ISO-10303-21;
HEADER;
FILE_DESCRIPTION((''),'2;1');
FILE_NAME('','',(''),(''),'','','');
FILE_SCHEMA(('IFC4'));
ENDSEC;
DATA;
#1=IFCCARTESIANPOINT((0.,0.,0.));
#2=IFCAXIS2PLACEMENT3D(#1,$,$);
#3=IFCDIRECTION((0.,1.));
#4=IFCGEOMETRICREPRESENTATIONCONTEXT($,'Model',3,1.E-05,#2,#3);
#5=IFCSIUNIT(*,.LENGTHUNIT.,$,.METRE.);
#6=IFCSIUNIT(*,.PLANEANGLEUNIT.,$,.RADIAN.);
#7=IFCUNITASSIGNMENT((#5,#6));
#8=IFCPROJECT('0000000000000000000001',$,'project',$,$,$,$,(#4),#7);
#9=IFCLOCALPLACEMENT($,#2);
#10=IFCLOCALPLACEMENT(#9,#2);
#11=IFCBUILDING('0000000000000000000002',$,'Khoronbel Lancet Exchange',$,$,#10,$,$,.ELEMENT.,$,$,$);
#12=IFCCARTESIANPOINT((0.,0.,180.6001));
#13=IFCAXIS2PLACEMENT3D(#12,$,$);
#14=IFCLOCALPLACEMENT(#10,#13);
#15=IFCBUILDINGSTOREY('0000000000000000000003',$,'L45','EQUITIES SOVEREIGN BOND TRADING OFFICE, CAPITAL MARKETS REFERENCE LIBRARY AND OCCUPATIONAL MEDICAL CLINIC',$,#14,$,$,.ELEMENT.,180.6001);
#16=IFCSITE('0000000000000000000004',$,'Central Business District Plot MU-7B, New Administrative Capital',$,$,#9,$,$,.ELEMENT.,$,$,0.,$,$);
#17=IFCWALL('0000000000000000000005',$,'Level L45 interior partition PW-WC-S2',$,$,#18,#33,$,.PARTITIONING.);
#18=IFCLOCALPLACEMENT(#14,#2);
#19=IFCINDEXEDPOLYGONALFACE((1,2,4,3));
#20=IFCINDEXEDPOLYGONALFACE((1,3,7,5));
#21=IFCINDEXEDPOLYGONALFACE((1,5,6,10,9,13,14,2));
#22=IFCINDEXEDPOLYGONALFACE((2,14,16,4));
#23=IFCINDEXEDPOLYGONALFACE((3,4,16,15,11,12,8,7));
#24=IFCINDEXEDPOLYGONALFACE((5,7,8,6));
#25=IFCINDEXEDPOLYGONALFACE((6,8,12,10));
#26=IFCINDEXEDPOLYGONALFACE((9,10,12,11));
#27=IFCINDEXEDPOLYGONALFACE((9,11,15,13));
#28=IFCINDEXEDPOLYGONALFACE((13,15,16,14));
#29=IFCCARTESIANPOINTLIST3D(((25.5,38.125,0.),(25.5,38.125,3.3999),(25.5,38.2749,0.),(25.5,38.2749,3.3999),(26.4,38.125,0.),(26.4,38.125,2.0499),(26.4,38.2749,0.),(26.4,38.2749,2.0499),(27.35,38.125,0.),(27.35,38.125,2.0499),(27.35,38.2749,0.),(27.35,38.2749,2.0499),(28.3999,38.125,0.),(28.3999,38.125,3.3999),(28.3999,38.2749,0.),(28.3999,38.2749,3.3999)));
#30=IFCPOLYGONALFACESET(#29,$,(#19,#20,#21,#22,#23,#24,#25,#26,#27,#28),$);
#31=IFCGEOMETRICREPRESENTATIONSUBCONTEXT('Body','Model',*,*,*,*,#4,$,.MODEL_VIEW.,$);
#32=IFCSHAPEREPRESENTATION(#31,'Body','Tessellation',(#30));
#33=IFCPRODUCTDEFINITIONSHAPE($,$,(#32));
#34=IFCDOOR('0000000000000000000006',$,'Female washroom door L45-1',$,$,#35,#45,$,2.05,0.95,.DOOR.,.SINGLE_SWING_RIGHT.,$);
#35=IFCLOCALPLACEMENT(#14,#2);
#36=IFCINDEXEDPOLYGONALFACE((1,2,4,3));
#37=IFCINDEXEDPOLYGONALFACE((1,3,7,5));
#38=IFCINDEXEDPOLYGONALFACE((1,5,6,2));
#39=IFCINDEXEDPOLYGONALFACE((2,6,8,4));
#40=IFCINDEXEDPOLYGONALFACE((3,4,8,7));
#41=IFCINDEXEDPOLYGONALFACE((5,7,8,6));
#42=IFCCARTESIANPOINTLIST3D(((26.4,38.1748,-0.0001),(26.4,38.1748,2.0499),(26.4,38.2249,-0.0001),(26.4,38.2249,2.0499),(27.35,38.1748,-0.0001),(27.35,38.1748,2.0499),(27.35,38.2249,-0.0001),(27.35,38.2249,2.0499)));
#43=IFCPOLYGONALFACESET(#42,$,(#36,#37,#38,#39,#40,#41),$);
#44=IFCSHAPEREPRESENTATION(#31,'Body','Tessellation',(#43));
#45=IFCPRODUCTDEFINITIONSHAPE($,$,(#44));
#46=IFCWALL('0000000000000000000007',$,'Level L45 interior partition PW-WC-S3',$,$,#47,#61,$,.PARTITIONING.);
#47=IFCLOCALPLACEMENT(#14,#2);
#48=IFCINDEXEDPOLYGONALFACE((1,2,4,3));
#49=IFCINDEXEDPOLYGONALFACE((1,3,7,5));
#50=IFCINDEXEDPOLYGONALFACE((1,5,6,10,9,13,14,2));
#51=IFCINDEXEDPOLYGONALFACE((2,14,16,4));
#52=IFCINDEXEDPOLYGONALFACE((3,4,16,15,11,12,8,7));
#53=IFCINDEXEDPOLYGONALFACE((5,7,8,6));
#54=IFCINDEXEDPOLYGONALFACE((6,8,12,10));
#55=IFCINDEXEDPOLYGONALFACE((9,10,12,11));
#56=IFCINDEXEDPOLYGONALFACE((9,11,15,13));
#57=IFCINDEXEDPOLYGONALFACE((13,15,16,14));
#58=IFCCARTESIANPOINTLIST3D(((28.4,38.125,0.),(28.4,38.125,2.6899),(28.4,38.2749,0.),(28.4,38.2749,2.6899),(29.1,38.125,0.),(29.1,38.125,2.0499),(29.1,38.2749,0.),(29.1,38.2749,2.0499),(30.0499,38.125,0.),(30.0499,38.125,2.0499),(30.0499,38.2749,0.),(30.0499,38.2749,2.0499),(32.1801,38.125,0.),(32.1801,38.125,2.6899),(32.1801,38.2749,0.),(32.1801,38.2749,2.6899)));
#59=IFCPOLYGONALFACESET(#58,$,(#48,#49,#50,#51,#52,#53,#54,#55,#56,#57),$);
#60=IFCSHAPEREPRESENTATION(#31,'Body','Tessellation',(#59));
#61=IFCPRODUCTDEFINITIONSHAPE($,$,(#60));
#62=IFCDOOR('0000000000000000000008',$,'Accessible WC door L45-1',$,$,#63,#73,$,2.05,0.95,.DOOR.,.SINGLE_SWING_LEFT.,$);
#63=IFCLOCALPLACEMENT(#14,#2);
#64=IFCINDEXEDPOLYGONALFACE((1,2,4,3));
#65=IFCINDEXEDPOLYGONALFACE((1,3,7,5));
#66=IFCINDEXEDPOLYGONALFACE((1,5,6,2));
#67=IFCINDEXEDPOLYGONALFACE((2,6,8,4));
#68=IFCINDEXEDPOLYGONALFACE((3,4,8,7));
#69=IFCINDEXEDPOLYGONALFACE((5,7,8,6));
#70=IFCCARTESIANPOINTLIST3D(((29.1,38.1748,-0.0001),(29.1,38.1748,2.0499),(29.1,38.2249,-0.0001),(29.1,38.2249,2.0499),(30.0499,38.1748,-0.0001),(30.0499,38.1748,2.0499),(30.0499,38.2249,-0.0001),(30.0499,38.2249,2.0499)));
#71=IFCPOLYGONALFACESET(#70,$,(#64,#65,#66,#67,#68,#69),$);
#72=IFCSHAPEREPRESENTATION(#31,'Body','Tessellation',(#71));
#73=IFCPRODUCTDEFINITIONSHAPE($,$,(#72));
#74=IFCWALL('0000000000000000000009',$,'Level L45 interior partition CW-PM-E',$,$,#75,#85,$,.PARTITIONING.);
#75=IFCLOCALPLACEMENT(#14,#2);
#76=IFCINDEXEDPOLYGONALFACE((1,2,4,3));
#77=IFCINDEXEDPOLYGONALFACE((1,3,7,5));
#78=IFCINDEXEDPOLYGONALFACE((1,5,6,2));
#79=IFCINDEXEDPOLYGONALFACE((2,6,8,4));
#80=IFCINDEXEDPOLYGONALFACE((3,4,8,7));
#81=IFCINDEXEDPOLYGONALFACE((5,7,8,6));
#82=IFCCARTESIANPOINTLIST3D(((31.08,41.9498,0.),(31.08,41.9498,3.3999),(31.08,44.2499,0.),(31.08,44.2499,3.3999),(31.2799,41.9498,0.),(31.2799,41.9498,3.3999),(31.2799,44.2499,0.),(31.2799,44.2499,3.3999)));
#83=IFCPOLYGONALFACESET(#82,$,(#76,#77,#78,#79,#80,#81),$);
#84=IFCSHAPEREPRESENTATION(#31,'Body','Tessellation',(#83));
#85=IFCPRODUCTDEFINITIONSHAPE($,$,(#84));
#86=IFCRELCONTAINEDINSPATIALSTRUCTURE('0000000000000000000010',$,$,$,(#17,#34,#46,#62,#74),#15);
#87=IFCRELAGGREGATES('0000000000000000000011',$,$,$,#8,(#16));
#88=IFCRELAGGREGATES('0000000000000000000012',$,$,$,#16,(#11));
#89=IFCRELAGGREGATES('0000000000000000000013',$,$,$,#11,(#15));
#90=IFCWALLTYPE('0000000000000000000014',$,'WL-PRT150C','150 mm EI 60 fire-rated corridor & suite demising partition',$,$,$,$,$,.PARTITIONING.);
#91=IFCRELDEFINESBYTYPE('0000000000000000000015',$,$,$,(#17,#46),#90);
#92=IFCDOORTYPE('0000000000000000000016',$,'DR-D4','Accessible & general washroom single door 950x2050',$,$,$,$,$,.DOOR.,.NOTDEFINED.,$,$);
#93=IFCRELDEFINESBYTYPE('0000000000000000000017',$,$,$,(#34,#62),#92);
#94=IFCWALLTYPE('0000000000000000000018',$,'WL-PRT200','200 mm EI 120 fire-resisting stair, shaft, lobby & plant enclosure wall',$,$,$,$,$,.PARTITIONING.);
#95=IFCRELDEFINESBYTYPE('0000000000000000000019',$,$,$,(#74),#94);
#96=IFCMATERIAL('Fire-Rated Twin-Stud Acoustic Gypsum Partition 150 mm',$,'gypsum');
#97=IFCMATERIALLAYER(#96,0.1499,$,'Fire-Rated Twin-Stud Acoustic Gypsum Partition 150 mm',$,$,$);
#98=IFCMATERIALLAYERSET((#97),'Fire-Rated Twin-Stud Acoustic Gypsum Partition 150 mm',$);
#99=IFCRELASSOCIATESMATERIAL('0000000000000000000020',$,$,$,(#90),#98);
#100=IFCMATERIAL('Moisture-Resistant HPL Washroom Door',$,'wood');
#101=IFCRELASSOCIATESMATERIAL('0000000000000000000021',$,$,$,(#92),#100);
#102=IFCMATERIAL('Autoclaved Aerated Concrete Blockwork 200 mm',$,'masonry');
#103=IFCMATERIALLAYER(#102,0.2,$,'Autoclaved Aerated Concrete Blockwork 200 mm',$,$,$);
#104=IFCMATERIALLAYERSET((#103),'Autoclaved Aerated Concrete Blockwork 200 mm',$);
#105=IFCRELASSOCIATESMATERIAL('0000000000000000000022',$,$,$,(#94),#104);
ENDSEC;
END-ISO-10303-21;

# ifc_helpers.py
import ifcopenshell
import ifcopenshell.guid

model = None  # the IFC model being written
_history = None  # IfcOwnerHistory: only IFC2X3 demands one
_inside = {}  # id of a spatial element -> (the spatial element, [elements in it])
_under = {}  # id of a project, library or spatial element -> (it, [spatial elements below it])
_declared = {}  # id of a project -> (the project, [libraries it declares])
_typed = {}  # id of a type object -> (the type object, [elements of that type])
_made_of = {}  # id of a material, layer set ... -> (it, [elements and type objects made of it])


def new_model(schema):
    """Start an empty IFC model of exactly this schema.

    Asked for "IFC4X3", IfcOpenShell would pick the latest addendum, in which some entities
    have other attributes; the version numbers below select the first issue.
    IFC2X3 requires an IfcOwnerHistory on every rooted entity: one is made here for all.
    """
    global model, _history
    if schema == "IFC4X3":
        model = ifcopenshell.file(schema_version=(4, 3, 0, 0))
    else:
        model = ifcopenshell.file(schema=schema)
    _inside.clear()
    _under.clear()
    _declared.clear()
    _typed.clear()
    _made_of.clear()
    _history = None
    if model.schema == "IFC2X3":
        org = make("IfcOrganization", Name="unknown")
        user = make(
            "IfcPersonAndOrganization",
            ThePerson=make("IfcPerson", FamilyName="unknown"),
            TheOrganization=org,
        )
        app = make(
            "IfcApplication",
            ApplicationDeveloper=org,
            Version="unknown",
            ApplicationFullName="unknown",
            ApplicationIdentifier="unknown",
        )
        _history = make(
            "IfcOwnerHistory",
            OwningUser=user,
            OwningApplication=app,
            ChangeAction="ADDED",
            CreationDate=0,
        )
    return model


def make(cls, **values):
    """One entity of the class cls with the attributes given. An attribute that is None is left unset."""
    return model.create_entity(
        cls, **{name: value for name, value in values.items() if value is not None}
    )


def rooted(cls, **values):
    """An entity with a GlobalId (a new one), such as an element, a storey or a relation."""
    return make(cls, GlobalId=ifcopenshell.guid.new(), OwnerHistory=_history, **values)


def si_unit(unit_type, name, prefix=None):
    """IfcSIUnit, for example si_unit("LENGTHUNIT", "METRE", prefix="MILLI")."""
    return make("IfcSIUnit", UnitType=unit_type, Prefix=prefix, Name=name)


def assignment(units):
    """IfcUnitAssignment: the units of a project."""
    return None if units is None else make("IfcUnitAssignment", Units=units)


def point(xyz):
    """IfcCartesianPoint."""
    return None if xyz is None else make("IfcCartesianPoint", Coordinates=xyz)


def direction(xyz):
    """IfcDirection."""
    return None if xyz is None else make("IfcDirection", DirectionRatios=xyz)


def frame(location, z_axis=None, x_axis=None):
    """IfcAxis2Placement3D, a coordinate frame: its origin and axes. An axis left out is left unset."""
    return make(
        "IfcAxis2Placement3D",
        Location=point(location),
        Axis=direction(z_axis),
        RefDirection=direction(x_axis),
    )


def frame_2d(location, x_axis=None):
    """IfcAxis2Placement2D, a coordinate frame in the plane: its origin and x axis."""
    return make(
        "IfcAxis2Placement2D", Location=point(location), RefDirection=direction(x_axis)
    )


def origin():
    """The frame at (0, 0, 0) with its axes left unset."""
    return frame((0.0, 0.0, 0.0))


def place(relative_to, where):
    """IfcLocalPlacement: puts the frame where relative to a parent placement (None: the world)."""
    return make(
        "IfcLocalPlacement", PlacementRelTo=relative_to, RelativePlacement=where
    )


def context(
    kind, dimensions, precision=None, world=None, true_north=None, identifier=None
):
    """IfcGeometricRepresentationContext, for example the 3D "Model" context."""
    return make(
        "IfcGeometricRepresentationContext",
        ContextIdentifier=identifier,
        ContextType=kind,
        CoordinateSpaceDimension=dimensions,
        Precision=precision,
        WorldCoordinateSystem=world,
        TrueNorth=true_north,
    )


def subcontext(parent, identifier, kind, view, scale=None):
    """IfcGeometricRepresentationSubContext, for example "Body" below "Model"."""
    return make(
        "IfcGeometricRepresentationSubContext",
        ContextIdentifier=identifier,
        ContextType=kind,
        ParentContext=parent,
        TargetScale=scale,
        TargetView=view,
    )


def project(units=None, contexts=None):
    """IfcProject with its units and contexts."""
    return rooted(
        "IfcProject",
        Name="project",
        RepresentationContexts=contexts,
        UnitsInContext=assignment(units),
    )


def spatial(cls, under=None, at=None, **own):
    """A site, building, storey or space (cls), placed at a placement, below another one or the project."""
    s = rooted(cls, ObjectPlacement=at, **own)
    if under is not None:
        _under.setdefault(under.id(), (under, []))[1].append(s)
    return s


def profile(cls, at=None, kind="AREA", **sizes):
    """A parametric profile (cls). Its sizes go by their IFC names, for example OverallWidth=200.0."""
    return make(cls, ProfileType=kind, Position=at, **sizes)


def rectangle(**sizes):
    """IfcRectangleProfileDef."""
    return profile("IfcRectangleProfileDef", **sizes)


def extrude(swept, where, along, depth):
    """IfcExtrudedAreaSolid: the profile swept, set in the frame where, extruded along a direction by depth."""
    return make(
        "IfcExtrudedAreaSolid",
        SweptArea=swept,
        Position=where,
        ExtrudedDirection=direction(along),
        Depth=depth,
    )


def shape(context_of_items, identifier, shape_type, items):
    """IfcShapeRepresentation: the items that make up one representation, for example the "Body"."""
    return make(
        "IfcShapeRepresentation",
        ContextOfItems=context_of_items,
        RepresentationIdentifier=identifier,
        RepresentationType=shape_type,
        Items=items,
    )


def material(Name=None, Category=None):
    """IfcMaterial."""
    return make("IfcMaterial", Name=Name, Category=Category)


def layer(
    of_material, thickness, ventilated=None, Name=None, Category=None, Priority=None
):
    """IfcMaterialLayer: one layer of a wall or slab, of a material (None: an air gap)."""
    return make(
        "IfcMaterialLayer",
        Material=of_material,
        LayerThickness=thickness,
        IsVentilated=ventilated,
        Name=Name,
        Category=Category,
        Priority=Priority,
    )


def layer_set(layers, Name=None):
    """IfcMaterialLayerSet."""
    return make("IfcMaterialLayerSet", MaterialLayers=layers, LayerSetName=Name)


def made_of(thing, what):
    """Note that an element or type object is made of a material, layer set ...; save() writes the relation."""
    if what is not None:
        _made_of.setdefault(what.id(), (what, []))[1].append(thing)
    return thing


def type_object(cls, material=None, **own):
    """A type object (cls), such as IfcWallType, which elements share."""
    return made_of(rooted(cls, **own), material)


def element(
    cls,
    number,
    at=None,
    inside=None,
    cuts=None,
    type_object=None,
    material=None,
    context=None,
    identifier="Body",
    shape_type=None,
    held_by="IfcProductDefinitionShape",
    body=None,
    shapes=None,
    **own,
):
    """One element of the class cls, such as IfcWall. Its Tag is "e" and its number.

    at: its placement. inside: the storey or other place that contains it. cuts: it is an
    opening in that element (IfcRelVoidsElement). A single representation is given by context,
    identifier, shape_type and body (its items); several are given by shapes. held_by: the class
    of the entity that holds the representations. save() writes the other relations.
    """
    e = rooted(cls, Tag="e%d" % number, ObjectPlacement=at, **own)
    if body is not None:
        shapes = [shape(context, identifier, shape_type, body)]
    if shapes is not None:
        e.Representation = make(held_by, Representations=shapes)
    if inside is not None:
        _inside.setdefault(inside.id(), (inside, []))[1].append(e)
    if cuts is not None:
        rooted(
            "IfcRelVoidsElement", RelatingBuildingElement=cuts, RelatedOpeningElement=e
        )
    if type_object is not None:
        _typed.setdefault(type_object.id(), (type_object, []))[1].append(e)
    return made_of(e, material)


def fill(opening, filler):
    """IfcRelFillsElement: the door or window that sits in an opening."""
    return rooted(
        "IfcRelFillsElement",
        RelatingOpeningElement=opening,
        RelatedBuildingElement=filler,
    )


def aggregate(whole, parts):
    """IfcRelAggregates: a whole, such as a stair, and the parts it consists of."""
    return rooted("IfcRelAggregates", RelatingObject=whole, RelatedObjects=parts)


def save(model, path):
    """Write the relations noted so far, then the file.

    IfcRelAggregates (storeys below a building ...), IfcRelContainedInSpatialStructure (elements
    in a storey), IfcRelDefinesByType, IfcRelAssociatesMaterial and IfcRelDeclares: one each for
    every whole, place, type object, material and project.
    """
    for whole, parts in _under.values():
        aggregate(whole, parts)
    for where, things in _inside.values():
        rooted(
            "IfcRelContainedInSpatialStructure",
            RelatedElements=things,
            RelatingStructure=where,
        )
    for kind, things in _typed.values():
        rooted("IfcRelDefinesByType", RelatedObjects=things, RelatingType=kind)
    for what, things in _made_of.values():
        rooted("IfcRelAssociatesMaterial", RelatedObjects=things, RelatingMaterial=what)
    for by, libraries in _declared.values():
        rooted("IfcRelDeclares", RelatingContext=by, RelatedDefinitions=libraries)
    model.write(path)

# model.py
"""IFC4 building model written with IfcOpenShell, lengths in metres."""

from ifc_helpers import new_model, si_unit, direction, frame, frame_2d, origin, place, context, subcontext, project, spatial, rectangle, extrude, material, layer, layer_set, type_object, element, fill, save


model = new_model("IFC4")

# Units and contexts
model_context = context("Model", 3, precision=1e-05, world=origin(), true_north=direction((0.0, 1.0)))
body_context = subcontext(model_context, "Body", "Model", "MODEL_VIEW")
ifc_project = project(units=[si_unit("LENGTHUNIT", "METRE"), si_unit("PLANEANGLEUNIT", "RADIAN")], contexts=[model_context])

# Site, building, storey
site_placement = place(None, origin())
site = spatial("IfcSite", under=ifc_project, at=site_placement, Name="Central Business District Plot MU-7B, New Administrative Capital", CompositionType="ELEMENT", RefElevation=0.0)
building_placement = place(site_placement, origin())
building = spatial("IfcBuilding", under=site, at=building_placement, Name="Khoronbel Lancet Exchange", CompositionType="ELEMENT")
storey_placement = place(building_placement, frame((0.0, 0.0, 180.6001)))
storey = spatial("IfcBuildingStorey", under=building, at=storey_placement, Name="L45", Description="EQUITIES SOVEREIGN BOND TRADING OFFICE, CAPITAL MARKETS REFERENCE LIBRARY AND OCCUPATIONAL MEDICAL CLINIC", CompositionType="ELEMENT", Elevation=180.6001)

# Walls, openings, doors
ifc_material_1 = material(Name="Fire-Rated Twin-Stud Acoustic Gypsum Partition 150 mm", Category="gypsum")
ifc_layer_1 = layer(ifc_material_1, 0.1499, Name="Fire-Rated Twin-Stud Acoustic Gypsum Partition 150 mm")
ifc_layer_set_1 = layer_set([ifc_layer_1], Name="Fire-Rated Twin-Stud Acoustic Gypsum Partition 150 mm")
wall_type_1 = type_object("IfcWallType", Name="WL-PRT150C", Description="150 mm EI 60 fire-rated corridor & suite demising partition", PredefinedType="PARTITIONING", material=ifc_layer_set_1)
wall_1_placement = place(storey_placement, frame((25.5, 38.2, 0.0), z_axis=(0.0, 0.0, 1.0), x_axis=(1.0, 0.0, 0.0)))
wall_1 = element("IfcWall", 1, at=wall_1_placement, inside=storey, type_object=wall_type_1, Name="Level L45 interior partition PW-WC-S2", PredefinedType="PARTITIONING", context=body_context, shape_type="SweptSolid", body=[
    extrude(rectangle(XDim=2.8999, YDim=0.1499, at=frame_2d((1.45, 0.0))), origin(), (0.0, 0.0, 1.0), 3.3999),
])
opening_1_placement = place(wall_1_placement, frame((0.8999, 0.0, 0.0)))
opening_1 = element("IfcOpeningElement", 2, at=opening_1_placement, cuts=wall_1, PredefinedType="OPENING", context=body_context, shape_type="SweptSolid", body=[
    extrude(rectangle(XDim=0.95, YDim=2.05, at=frame_2d((0.4751, 1.0249))), frame((0.0, 0.085, 0.0), z_axis=(0.0, -1.0, 0.0), x_axis=(1.0, 0.0, 0.0)), (0.0, 0.0, 1.0), 0.1699),
])
ifc_material_2 = material(Name="Moisture-Resistant HPL Washroom Door", Category="wood")
door_type = type_object("IfcDoorType", Name="DR-D4", Description="Accessible & general washroom single door 950x2050", OperationType="NOTDEFINED", PredefinedType="DOOR", material=ifc_material_2)
door_1_placement = place(opening_1_placement, origin())
door_1 = element("IfcDoor", 3, at=door_1_placement, inside=storey, type_object=door_type, Name="Female washroom door L45-1", OperationType="SINGLE_SWING_RIGHT", OverallHeight=2.05, OverallWidth=0.95, PredefinedType="DOOR", context=body_context, shape_type="SweptSolid", body=[
    extrude(rectangle(XDim=0.95, YDim=2.05, at=frame_2d((0.4751, 1.0249))), frame((0.0, 0.0249, 0.0), z_axis=(0.0, -1.0, 0.0), x_axis=(1.0, 0.0, 0.0)), (0.0, 0.0, 1.0), 0.05),
])
fill(opening_1, door_1)
wall_2_placement = place(storey_placement, frame((28.3999, 38.2, 0.0), z_axis=(0.0, 0.0, 1.0), x_axis=(1.0, 0.0, 0.0)))
wall_2 = element("IfcWall", 4, at=wall_2_placement, inside=storey, type_object=wall_type_1, Name="Level L45 interior partition PW-WC-S3", PredefinedType="PARTITIONING", context=body_context, shape_type="SweptSolid", body=[
    extrude(rectangle(XDim=3.78, YDim=0.1499, at=frame_2d((1.8901, 0.0))), origin(), (0.0, 0.0, 1.0), 2.6899),
])
opening_2_placement = place(wall_2_placement, frame((0.7, 0.0, 0.0)))
opening_2 = element("IfcOpeningElement", 5, at=opening_2_placement, cuts=wall_2, PredefinedType="OPENING", context=body_context, shape_type="SweptSolid", body=[
    extrude(rectangle(XDim=0.95, YDim=2.05, at=frame_2d((0.4751, 1.0249))), frame((0.0, 0.085, 0.0), z_axis=(0.0, -1.0, 0.0), x_axis=(1.0, 0.0, 0.0)), (0.0, 0.0, 1.0), 0.1699),
])
door_2_placement = place(opening_2_placement, origin())
door_2 = element("IfcDoor", 6, at=door_2_placement, inside=storey, type_object=door_type, Name="Accessible WC door L45-1", OperationType="SINGLE_SWING_LEFT", OverallHeight=2.05, OverallWidth=0.95, PredefinedType="DOOR", context=body_context, shape_type="SweptSolid", body=[
    extrude(rectangle(XDim=0.95, YDim=2.05, at=frame_2d((0.4751, 1.0249))), frame((0.0, 0.0249, 0.0), z_axis=(0.0, -1.0, 0.0), x_axis=(1.0, 0.0, 0.0)), (0.0, 0.0, 1.0), 0.05),
])
fill(opening_2, door_2)

# Wall
ifc_material_3 = material(Name="Autoclaved Aerated Concrete Blockwork 200 mm", Category="masonry")
ifc_layer_2 = layer(ifc_material_3, 0.2, Name="Autoclaved Aerated Concrete Blockwork 200 mm")
ifc_layer_set_2 = layer_set([ifc_layer_2], Name="Autoclaved Aerated Concrete Blockwork 200 mm")
wall_type_2 = type_object("IfcWallType", Name="WL-PRT200", Description="200 mm EI 120 fire-resisting stair, shaft, lobby & plant enclosure wall", PredefinedType="PARTITIONING", material=ifc_layer_set_2)
wall_3_placement = place(storey_placement, frame((31.1799, 41.95, 0.0), z_axis=(0.0, 0.0, 1.0), x_axis=(0.0, 1.0, 0.0)))
element("IfcWall", 7, at=wall_3_placement, inside=storey, type_object=wall_type_2, Name="Level L45 interior partition CW-PM-E", PredefinedType="PARTITIONING", context=body_context, shape_type="SweptSolid", body=[
    extrude(rectangle(XDim=2.3, YDim=0.2, at=frame_2d((1.1499, 0.0))), origin(), (0.0, 0.0, 1.0), 3.3999),
])

save(model, "model.ifc")
